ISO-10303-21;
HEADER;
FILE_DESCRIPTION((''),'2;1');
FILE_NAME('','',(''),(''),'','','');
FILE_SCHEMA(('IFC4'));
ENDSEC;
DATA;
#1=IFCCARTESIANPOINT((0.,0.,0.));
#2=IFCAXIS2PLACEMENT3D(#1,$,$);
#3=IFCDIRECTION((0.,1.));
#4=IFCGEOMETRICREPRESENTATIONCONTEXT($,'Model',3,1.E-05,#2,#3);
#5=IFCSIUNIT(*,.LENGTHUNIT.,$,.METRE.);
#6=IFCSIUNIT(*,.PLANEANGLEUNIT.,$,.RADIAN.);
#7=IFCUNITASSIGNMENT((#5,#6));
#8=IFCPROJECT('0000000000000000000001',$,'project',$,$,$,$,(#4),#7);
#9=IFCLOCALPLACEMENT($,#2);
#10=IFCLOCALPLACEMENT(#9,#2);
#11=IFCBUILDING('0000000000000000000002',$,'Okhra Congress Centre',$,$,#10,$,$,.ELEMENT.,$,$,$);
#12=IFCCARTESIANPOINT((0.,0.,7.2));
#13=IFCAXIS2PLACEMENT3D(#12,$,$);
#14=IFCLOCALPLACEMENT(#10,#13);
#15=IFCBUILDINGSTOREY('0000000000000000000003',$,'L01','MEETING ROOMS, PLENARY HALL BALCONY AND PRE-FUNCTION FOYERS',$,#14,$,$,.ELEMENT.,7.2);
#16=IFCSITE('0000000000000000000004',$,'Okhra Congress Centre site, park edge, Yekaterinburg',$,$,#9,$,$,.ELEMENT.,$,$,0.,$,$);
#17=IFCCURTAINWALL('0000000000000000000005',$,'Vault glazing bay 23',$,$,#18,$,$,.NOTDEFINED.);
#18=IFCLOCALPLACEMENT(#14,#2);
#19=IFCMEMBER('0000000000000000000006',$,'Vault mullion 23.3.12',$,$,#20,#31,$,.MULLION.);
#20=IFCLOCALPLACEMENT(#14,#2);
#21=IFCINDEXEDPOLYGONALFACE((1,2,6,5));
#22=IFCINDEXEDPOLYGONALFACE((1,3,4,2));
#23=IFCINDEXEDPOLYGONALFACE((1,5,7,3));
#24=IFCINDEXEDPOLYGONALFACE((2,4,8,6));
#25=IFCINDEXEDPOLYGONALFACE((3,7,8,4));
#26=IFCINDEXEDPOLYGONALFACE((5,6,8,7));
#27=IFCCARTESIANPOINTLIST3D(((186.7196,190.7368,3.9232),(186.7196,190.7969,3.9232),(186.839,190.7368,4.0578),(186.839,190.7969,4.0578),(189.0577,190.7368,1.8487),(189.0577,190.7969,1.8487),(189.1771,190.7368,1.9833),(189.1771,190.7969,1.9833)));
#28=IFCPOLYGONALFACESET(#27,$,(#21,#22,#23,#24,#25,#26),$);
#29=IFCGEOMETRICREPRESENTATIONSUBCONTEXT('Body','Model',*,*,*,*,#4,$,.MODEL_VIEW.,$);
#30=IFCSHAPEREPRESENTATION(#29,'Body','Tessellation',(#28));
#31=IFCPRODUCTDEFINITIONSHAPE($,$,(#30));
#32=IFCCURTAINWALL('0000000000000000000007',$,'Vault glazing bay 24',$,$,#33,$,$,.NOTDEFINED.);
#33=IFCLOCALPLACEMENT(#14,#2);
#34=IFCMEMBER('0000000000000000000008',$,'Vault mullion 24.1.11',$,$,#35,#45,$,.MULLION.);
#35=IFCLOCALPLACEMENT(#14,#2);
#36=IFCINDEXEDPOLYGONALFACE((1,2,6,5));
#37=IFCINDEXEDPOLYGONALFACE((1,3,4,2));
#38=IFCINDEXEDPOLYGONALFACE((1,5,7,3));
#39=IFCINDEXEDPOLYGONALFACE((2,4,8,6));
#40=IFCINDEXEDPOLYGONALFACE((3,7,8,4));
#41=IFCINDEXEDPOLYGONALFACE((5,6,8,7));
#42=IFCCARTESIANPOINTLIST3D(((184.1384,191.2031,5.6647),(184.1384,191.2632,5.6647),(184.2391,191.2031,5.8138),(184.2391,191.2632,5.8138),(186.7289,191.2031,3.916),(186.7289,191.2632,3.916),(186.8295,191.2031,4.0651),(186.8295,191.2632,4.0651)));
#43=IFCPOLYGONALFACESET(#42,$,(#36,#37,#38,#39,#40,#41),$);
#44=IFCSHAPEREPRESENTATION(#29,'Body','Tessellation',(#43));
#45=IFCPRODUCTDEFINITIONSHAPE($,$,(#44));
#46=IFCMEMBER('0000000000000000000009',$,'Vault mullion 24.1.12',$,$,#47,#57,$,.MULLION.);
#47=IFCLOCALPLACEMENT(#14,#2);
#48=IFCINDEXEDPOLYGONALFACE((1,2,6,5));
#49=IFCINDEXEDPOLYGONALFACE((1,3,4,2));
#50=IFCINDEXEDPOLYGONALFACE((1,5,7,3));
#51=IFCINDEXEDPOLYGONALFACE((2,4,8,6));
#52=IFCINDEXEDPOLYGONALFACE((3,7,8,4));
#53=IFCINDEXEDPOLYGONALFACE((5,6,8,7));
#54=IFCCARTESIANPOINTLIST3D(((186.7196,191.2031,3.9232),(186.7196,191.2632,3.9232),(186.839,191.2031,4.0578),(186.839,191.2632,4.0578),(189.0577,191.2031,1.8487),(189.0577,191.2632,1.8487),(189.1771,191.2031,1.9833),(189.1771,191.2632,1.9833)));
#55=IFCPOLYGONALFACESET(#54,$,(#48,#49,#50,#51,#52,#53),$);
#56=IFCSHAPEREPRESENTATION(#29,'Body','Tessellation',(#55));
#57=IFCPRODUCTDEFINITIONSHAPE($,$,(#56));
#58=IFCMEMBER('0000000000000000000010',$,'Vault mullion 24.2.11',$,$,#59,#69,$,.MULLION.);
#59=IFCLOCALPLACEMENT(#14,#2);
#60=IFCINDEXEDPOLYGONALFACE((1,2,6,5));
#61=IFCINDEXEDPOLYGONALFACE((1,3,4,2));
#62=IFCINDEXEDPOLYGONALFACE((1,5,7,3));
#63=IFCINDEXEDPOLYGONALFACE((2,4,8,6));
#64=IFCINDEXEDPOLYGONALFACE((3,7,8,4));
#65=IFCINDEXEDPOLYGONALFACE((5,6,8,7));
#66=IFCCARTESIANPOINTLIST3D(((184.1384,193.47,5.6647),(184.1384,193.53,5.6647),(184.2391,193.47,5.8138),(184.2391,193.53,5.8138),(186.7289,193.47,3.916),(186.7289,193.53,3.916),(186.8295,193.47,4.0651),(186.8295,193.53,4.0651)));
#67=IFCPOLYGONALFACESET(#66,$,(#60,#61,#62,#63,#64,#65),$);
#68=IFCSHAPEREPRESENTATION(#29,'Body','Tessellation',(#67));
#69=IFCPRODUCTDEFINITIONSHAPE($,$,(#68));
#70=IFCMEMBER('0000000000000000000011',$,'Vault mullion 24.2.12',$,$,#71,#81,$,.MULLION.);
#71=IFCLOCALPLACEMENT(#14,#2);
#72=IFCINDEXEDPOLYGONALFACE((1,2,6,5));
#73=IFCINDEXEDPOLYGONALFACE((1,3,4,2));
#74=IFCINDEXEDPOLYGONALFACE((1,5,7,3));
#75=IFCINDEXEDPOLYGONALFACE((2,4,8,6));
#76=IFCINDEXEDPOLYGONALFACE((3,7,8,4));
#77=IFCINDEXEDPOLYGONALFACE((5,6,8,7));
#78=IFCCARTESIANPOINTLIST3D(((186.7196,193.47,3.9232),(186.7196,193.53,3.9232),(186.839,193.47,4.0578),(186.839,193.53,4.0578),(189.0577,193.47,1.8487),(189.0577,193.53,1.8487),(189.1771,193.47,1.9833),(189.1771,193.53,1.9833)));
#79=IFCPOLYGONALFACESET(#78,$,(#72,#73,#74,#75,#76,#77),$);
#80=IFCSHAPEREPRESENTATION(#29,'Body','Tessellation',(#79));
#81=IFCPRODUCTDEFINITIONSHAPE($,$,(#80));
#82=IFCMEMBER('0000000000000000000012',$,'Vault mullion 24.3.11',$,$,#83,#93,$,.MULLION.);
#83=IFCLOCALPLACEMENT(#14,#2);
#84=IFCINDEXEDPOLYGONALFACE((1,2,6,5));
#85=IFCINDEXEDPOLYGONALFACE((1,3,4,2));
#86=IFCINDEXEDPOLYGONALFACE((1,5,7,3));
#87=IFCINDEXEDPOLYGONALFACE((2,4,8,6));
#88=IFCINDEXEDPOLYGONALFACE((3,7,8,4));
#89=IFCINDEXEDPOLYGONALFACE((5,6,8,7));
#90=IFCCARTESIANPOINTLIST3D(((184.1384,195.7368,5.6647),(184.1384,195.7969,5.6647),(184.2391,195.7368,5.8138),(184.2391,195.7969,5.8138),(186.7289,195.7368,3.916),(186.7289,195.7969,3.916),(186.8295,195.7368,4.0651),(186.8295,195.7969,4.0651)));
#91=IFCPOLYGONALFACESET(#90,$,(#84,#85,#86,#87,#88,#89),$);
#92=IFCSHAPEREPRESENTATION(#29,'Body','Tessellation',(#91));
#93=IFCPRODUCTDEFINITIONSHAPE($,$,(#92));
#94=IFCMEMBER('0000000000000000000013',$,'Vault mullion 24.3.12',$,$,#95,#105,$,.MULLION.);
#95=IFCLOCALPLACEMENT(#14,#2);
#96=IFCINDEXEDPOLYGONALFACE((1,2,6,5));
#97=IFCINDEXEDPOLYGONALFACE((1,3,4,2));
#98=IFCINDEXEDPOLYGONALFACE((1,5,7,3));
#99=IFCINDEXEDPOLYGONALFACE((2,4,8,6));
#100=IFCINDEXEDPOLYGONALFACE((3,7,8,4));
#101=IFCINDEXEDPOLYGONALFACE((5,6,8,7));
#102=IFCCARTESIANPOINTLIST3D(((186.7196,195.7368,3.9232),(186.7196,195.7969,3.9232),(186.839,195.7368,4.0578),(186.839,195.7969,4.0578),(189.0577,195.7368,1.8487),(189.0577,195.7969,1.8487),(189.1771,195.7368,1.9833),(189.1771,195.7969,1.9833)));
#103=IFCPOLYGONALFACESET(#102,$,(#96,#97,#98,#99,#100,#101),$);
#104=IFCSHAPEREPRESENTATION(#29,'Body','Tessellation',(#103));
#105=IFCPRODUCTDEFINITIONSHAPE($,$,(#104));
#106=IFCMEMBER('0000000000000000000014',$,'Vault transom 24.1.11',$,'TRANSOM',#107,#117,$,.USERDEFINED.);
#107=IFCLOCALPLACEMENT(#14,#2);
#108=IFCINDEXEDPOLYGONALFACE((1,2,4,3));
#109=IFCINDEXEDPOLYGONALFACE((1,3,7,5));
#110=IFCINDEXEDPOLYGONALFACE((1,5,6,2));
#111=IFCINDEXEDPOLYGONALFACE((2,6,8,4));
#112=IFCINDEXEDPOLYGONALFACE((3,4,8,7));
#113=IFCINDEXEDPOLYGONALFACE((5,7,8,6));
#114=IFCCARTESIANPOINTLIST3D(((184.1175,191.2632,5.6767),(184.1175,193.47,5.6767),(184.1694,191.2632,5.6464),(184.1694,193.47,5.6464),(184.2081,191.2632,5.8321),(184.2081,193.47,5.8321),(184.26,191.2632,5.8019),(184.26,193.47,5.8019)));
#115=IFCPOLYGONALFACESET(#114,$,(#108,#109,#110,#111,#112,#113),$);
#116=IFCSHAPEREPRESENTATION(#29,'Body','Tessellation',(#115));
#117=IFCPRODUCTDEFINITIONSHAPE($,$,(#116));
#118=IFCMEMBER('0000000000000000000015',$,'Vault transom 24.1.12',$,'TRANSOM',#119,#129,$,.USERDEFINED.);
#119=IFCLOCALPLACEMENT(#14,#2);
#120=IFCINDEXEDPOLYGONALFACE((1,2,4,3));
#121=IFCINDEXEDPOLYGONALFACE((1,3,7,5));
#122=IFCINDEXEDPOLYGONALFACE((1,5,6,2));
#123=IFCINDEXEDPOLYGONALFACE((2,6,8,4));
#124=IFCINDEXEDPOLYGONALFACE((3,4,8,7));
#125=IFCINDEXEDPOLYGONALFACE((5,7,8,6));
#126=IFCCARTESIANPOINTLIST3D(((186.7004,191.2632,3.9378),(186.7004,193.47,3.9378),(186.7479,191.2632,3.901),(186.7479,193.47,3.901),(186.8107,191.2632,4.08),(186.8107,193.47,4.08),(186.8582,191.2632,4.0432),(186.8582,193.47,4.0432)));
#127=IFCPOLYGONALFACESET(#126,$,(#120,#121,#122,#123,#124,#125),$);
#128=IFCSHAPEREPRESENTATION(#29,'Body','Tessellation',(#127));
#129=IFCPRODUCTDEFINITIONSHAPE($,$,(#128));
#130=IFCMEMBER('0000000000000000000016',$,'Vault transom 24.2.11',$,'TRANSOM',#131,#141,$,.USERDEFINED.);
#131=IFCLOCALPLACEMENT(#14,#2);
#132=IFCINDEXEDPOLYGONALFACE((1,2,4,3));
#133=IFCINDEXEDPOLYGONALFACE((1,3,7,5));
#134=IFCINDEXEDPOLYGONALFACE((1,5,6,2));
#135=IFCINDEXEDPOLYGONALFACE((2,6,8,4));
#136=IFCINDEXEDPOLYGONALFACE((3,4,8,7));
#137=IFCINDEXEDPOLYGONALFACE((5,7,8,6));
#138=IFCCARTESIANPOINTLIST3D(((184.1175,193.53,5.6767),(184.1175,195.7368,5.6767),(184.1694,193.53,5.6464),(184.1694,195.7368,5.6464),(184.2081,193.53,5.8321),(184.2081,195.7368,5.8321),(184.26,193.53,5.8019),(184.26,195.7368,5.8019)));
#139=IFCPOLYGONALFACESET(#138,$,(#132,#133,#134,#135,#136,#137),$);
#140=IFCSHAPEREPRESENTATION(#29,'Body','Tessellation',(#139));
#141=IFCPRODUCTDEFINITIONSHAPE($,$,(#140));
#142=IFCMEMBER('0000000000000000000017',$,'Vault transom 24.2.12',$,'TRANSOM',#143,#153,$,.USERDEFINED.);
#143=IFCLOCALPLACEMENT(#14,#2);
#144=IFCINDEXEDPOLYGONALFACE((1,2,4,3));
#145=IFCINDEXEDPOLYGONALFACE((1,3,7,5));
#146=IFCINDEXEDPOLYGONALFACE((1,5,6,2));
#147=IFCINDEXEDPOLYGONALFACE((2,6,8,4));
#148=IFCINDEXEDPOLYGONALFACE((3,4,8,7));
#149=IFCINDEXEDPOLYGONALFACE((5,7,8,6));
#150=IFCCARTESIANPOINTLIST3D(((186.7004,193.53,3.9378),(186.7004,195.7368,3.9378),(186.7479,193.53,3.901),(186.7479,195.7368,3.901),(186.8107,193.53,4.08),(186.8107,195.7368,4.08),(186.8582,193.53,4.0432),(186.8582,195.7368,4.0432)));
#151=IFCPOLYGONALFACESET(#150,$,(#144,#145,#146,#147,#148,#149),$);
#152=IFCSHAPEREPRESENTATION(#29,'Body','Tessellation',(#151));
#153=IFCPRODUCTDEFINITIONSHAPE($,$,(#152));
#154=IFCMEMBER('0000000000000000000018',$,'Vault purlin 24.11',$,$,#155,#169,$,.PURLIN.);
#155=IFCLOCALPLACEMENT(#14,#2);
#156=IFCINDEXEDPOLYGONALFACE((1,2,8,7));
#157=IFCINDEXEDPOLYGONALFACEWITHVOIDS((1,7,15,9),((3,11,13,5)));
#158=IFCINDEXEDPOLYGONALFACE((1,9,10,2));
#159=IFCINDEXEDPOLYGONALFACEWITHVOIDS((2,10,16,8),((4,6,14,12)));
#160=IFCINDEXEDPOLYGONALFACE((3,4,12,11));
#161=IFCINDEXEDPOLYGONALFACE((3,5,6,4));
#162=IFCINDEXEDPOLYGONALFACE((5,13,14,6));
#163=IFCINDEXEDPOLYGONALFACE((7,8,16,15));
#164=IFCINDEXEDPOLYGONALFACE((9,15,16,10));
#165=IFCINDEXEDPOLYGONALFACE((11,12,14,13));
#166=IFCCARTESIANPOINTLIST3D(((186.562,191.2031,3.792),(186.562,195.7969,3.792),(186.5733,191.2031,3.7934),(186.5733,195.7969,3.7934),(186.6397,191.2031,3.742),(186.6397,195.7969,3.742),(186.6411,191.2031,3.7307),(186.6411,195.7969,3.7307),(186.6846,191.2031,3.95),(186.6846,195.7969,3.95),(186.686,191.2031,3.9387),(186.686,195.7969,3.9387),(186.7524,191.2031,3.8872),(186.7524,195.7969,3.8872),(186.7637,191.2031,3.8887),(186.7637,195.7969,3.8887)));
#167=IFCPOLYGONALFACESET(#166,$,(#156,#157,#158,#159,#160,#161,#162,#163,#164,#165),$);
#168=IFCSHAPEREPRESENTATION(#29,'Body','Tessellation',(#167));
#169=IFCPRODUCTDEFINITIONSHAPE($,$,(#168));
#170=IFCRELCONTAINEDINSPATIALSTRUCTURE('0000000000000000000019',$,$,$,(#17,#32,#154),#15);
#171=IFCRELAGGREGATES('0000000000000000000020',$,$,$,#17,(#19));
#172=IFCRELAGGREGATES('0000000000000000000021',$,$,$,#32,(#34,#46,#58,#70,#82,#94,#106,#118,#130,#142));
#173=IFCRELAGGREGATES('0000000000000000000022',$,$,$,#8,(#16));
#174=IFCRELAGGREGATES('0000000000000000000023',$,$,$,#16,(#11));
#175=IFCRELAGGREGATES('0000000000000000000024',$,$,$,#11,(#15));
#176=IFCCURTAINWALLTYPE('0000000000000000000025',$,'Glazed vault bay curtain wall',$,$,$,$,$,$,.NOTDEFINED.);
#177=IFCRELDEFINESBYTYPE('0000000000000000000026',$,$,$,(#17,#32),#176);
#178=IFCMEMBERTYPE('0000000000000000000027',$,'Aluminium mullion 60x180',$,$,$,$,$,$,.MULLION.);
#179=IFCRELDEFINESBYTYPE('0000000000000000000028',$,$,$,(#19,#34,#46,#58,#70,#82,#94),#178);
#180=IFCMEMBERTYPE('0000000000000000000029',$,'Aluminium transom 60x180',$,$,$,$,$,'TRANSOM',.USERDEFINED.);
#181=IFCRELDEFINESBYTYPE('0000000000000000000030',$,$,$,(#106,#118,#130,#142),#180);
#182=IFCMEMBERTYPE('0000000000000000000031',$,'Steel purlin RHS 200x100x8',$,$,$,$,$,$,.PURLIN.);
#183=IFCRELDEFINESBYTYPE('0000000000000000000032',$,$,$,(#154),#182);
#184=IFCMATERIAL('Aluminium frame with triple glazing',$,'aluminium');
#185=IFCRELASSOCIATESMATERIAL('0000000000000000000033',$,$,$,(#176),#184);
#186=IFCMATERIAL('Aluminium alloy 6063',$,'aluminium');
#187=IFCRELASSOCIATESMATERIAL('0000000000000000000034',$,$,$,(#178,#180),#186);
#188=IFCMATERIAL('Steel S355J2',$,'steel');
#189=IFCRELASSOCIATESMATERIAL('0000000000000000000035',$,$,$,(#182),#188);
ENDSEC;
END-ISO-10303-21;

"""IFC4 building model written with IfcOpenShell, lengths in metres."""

from ifc_helpers import new_model, si_unit, direction, frame, origin, origin_2d, place, context, subcontext, project, spatial, rectangle, hollow_rectangle, extrude, material, material_profile, profile_set, type_object, element, aggregate, save


model = new_model("IFC4")

# Units and contexts
model_context = context("Model", 3, precision=1e-05, world=origin(), true_north=direction((0.0, 1.0)))
body_context = subcontext(model_context, "Body", "Model", "MODEL_VIEW")
ifc_project = project(units=[si_unit("LENGTHUNIT", "METRE"), si_unit("PLANEANGLEUNIT", "RADIAN")], contexts=[model_context])

# Site, building, storey
site_placement = place(None, origin())
site = spatial("IfcSite", under=ifc_project, at=site_placement, Name="Okhra Congress Centre site, park edge, Yekaterinburg", CompositionType="ELEMENT", RefElevation=0.0)
building_placement = place(site_placement, origin())
building = spatial("IfcBuilding", under=site, at=building_placement, Name="Okhra Congress Centre", CompositionType="ELEMENT")
storey_placement = place(building_placement, frame((0.0, 0.0, 7.2)))
storey = spatial("IfcBuildingStorey", under=building, at=storey_placement, Name="L01", Description="MEETING ROOMS, PLENARY HALL BALCONY AND PRE-FUNCTION FOYERS", CompositionType="ELEMENT", Elevation=7.2)

# Curtain wall, member
ifc_material_1 = material(Name="Aluminium frame with triple glazing", Category="aluminium")
curtain_wall_type = type_object("IfcCurtainWallType", Name="Glazed vault bay curtain wall", PredefinedType="NOTDEFINED", material=ifc_material_1)
curtain_wall_1_placement = place(storey_placement, origin())
curtain_wall_1 = element("IfcCurtainWall", 1, at=curtain_wall_1_placement, inside=storey, type_object=curtain_wall_type, Name="Vault glazing bay 23", PredefinedType="NOTDEFINED")
ifc_material_2 = material(Name="Aluminium alloy 6063", Category="aluminium")
ifc_material_profile_1 = material_profile(ifc_material_2, rectangle(XDim=0.0601, YDim=0.1799, at=origin_2d()), Name="AL 60x180")
ifc_profile_set_1 = profile_set([ifc_material_profile_1], Name="Aluminium alloy 6063")
member_type_1 = type_object("IfcMemberType", Name="Aluminium mullion 60x180", PredefinedType="MULLION", material=ifc_profile_set_1)
member_1_placement = place(storey_placement, frame((186.7793, 190.7668, 3.9905), z_axis=(0.748025, 0.0, -0.66367), x_axis=(0.0, 1.0, 0.0)))
member_1 = element("IfcMember", 2, at=member_1_placement, type_object=member_type_1, Name="Vault mullion 23.3.12", PredefinedType="MULLION", context=body_context, shape_type="SweptSolid", body=[
    extrude(rectangle(XDim=0.0601, YDim=0.1799, at=origin_2d()), origin(), (0.0, 0.0, 1.0), 3.1257),
])
aggregate(curtain_wall_1, [member_1])

# Curtain wall, members
curtain_wall_2_placement = place(storey_placement, origin())
curtain_wall_2 = element("IfcCurtainWall", 3, at=curtain_wall_2_placement, inside=storey, type_object=curtain_wall_type, Name="Vault glazing bay 24", PredefinedType="NOTDEFINED")
member_2_placement = place(storey_placement, frame((184.1887, 191.2332, 5.7393), z_axis=(0.828828, 0.0, -0.559504), x_axis=(0.0, 1.0, 0.0)))
member_2 = element("IfcMember", 4, at=member_2_placement, type_object=member_type_1, Name="Vault mullion 24.1.11", PredefinedType="MULLION", context=body_context, shape_type="SweptSolid", body=[
    extrude(rectangle(XDim=0.0601, YDim=0.1799, at=origin_2d()), origin(), (0.0, 0.0, 1.0), 3.1255),
])
member_3_placement = place(storey_placement, frame((186.7793, 191.2332, 3.9905), z_axis=(0.748025, 0.0, -0.66367), x_axis=(0.0, 1.0, 0.0)))
member_3 = element("IfcMember", 5, at=member_3_placement, type_object=member_type_1, Name="Vault mullion 24.1.12", PredefinedType="MULLION", context=body_context, shape_type="SweptSolid", body=[
    extrude(rectangle(XDim=0.0601, YDim=0.1799, at=origin_2d()), origin(), (0.0, 0.0, 1.0), 3.1257),
])
member_4_placement = place(storey_placement, frame((184.1887, 193.5, 5.7393), z_axis=(0.828828, 0.0, -0.559504), x_axis=(0.0, 1.0, 0.0)))
member_4 = element("IfcMember", 6, at=member_4_placement, type_object=member_type_1, Name="Vault mullion 24.2.11", PredefinedType="MULLION", context=body_context, shape_type="SweptSolid", body=[
    extrude(rectangle(XDim=0.0601, YDim=0.1799, at=origin_2d()), origin(), (0.0, 0.0, 1.0), 3.1255),
])
member_5_placement = place(storey_placement, frame((186.7793, 193.5, 3.9905), z_axis=(0.748025, 0.0, -0.66367), x_axis=(0.0, 1.0, 0.0)))
member_5 = element("IfcMember", 7, at=member_5_placement, type_object=member_type_1, Name="Vault mullion 24.2.12", PredefinedType="MULLION", context=body_context, shape_type="SweptSolid", body=[
    extrude(rectangle(XDim=0.0601, YDim=0.1799, at=origin_2d()), origin(), (0.0, 0.0, 1.0), 3.1257),
])
member_6_placement = place(storey_placement, frame((184.1887, 195.7668, 5.7393), z_axis=(0.828828, 0.0, -0.559504), x_axis=(0.0, 1.0, 0.0)))
member_6 = element("IfcMember", 8, at=member_6_placement, type_object=member_type_1, Name="Vault mullion 24.3.11", PredefinedType="MULLION", context=body_context, shape_type="SweptSolid", body=[
    extrude(rectangle(XDim=0.0601, YDim=0.1799, at=origin_2d()), origin(), (0.0, 0.0, 1.0), 3.1255),
])
member_7_placement = place(storey_placement, frame((186.7793, 195.7668, 3.9905), z_axis=(0.748025, 0.0, -0.66367), x_axis=(0.0, 1.0, 0.0)))
member_7 = element("IfcMember", 9, at=member_7_placement, type_object=member_type_1, Name="Vault mullion 24.3.12", PredefinedType="MULLION", context=body_context, shape_type="SweptSolid", body=[
    extrude(rectangle(XDim=0.0601, YDim=0.1799, at=origin_2d()), origin(), (0.0, 0.0, 1.0), 3.1257),
])
ifc_material_profile_2 = material_profile(ifc_material_2, rectangle(XDim=0.0601, YDim=0.1799, at=origin_2d()), Name="AL 60x180 transom")
ifc_profile_set_2 = profile_set([ifc_material_profile_2], Name="Aluminium alloy 6063")
member_type_2 = type_object("IfcMemberType", Name="Aluminium transom 60x180", ElementType="TRANSOM", PredefinedType="USERDEFINED", material=ifc_profile_set_2)
member_8_placement = place(storey_placement, frame((184.1887, 191.2632, 5.7393), z_axis=(0.0, 1.0, 0.0), x_axis=(-0.863917, 0.0, 0.503634)))
member_8 = element("IfcMember", 10, at=member_8_placement, type_object=member_type_2, Name="Vault transom 24.1.11", ObjectType="TRANSOM", PredefinedType="USERDEFINED", context=body_context, shape_type="SweptSolid", body=[
    extrude(rectangle(XDim=0.0601, YDim=0.1799, at=origin_2d()), origin(), (0.0, 0.0, 1.0), 2.2068),
])
member_9_placement = place(storey_placement, frame((186.7793, 191.2632, 3.9905), z_axis=(0.0, 1.0, 0.0), x_axis=(-0.790145, 0.0, 0.61292)))
member_9 = element("IfcMember", 11, at=member_9_placement, type_object=member_type_2, Name="Vault transom 24.1.12", ObjectType="TRANSOM", PredefinedType="USERDEFINED", context=body_context, shape_type="SweptSolid", body=[
    extrude(rectangle(XDim=0.0601, YDim=0.1799, at=origin_2d()), origin(), (0.0, 0.0, 1.0), 2.2068),
])
member_10_placement = place(storey_placement, frame((184.1887, 193.53, 5.7393), z_axis=(0.0, 1.0, 0.0), x_axis=(-0.863917, 0.0, 0.503634)))
member_10 = element("IfcMember", 12, at=member_10_placement, type_object=member_type_2, Name="Vault transom 24.2.11", ObjectType="TRANSOM", PredefinedType="USERDEFINED", context=body_context, shape_type="SweptSolid", body=[
    extrude(rectangle(XDim=0.0601, YDim=0.1799, at=origin_2d()), origin(), (0.0, 0.0, 1.0), 2.2068),
])
member_11_placement = place(storey_placement, frame((186.7793, 193.53, 3.9905), z_axis=(0.0, 1.0, 0.0), x_axis=(-0.790145, 0.0, 0.61292)))
member_11 = element("IfcMember", 13, at=member_11_placement, type_object=member_type_2, Name="Vault transom 24.2.12", ObjectType="TRANSOM", PredefinedType="USERDEFINED", context=body_context, shape_type="SweptSolid", body=[
    extrude(rectangle(XDim=0.0601, YDim=0.1799, at=origin_2d()), origin(), (0.0, 0.0, 1.0), 2.2068),
])

# Member
ifc_material_3 = material(Name="Steel S355J2", Category="steel")
ifc_material_profile_3 = material_profile(ifc_material_3, hollow_rectangle(XDim=0.1001, YDim=0.2, WallThickness=0.0081, at=origin_2d()), Name="RHS 200x100x8")
ifc_profile_set_3 = profile_set([ifc_material_profile_3], Name="Steel S355J2")
member_type_3 = type_object("IfcMemberType", Name="Steel purlin RHS 200x100x8", PredefinedType="PURLIN", material=ifc_profile_set_3)
member_12_placement = place(storey_placement, frame((186.6628, 191.2031, 3.8403), z_axis=(0.0, 1.0, 0.0), x_axis=(-0.790145, 0.0, 0.61292)))
element("IfcMember", 14, at=member_12_placement, inside=storey, type_object=member_type_3, Name="Vault purlin 24.11", PredefinedType="PURLIN", context=body_context, shape_type="SweptSolid", body=[
    extrude(hollow_rectangle(XDim=0.1001, YDim=0.2, WallThickness=0.0081, at=origin_2d()), origin(), (0.0, 0.0, 1.0), 4.5938),
])

aggregate(curtain_wall_2, [member_2, member_3, member_4, member_5, member_6, member_7, member_8, member_9, member_10, member_11])

save(model, "model.ifc")
